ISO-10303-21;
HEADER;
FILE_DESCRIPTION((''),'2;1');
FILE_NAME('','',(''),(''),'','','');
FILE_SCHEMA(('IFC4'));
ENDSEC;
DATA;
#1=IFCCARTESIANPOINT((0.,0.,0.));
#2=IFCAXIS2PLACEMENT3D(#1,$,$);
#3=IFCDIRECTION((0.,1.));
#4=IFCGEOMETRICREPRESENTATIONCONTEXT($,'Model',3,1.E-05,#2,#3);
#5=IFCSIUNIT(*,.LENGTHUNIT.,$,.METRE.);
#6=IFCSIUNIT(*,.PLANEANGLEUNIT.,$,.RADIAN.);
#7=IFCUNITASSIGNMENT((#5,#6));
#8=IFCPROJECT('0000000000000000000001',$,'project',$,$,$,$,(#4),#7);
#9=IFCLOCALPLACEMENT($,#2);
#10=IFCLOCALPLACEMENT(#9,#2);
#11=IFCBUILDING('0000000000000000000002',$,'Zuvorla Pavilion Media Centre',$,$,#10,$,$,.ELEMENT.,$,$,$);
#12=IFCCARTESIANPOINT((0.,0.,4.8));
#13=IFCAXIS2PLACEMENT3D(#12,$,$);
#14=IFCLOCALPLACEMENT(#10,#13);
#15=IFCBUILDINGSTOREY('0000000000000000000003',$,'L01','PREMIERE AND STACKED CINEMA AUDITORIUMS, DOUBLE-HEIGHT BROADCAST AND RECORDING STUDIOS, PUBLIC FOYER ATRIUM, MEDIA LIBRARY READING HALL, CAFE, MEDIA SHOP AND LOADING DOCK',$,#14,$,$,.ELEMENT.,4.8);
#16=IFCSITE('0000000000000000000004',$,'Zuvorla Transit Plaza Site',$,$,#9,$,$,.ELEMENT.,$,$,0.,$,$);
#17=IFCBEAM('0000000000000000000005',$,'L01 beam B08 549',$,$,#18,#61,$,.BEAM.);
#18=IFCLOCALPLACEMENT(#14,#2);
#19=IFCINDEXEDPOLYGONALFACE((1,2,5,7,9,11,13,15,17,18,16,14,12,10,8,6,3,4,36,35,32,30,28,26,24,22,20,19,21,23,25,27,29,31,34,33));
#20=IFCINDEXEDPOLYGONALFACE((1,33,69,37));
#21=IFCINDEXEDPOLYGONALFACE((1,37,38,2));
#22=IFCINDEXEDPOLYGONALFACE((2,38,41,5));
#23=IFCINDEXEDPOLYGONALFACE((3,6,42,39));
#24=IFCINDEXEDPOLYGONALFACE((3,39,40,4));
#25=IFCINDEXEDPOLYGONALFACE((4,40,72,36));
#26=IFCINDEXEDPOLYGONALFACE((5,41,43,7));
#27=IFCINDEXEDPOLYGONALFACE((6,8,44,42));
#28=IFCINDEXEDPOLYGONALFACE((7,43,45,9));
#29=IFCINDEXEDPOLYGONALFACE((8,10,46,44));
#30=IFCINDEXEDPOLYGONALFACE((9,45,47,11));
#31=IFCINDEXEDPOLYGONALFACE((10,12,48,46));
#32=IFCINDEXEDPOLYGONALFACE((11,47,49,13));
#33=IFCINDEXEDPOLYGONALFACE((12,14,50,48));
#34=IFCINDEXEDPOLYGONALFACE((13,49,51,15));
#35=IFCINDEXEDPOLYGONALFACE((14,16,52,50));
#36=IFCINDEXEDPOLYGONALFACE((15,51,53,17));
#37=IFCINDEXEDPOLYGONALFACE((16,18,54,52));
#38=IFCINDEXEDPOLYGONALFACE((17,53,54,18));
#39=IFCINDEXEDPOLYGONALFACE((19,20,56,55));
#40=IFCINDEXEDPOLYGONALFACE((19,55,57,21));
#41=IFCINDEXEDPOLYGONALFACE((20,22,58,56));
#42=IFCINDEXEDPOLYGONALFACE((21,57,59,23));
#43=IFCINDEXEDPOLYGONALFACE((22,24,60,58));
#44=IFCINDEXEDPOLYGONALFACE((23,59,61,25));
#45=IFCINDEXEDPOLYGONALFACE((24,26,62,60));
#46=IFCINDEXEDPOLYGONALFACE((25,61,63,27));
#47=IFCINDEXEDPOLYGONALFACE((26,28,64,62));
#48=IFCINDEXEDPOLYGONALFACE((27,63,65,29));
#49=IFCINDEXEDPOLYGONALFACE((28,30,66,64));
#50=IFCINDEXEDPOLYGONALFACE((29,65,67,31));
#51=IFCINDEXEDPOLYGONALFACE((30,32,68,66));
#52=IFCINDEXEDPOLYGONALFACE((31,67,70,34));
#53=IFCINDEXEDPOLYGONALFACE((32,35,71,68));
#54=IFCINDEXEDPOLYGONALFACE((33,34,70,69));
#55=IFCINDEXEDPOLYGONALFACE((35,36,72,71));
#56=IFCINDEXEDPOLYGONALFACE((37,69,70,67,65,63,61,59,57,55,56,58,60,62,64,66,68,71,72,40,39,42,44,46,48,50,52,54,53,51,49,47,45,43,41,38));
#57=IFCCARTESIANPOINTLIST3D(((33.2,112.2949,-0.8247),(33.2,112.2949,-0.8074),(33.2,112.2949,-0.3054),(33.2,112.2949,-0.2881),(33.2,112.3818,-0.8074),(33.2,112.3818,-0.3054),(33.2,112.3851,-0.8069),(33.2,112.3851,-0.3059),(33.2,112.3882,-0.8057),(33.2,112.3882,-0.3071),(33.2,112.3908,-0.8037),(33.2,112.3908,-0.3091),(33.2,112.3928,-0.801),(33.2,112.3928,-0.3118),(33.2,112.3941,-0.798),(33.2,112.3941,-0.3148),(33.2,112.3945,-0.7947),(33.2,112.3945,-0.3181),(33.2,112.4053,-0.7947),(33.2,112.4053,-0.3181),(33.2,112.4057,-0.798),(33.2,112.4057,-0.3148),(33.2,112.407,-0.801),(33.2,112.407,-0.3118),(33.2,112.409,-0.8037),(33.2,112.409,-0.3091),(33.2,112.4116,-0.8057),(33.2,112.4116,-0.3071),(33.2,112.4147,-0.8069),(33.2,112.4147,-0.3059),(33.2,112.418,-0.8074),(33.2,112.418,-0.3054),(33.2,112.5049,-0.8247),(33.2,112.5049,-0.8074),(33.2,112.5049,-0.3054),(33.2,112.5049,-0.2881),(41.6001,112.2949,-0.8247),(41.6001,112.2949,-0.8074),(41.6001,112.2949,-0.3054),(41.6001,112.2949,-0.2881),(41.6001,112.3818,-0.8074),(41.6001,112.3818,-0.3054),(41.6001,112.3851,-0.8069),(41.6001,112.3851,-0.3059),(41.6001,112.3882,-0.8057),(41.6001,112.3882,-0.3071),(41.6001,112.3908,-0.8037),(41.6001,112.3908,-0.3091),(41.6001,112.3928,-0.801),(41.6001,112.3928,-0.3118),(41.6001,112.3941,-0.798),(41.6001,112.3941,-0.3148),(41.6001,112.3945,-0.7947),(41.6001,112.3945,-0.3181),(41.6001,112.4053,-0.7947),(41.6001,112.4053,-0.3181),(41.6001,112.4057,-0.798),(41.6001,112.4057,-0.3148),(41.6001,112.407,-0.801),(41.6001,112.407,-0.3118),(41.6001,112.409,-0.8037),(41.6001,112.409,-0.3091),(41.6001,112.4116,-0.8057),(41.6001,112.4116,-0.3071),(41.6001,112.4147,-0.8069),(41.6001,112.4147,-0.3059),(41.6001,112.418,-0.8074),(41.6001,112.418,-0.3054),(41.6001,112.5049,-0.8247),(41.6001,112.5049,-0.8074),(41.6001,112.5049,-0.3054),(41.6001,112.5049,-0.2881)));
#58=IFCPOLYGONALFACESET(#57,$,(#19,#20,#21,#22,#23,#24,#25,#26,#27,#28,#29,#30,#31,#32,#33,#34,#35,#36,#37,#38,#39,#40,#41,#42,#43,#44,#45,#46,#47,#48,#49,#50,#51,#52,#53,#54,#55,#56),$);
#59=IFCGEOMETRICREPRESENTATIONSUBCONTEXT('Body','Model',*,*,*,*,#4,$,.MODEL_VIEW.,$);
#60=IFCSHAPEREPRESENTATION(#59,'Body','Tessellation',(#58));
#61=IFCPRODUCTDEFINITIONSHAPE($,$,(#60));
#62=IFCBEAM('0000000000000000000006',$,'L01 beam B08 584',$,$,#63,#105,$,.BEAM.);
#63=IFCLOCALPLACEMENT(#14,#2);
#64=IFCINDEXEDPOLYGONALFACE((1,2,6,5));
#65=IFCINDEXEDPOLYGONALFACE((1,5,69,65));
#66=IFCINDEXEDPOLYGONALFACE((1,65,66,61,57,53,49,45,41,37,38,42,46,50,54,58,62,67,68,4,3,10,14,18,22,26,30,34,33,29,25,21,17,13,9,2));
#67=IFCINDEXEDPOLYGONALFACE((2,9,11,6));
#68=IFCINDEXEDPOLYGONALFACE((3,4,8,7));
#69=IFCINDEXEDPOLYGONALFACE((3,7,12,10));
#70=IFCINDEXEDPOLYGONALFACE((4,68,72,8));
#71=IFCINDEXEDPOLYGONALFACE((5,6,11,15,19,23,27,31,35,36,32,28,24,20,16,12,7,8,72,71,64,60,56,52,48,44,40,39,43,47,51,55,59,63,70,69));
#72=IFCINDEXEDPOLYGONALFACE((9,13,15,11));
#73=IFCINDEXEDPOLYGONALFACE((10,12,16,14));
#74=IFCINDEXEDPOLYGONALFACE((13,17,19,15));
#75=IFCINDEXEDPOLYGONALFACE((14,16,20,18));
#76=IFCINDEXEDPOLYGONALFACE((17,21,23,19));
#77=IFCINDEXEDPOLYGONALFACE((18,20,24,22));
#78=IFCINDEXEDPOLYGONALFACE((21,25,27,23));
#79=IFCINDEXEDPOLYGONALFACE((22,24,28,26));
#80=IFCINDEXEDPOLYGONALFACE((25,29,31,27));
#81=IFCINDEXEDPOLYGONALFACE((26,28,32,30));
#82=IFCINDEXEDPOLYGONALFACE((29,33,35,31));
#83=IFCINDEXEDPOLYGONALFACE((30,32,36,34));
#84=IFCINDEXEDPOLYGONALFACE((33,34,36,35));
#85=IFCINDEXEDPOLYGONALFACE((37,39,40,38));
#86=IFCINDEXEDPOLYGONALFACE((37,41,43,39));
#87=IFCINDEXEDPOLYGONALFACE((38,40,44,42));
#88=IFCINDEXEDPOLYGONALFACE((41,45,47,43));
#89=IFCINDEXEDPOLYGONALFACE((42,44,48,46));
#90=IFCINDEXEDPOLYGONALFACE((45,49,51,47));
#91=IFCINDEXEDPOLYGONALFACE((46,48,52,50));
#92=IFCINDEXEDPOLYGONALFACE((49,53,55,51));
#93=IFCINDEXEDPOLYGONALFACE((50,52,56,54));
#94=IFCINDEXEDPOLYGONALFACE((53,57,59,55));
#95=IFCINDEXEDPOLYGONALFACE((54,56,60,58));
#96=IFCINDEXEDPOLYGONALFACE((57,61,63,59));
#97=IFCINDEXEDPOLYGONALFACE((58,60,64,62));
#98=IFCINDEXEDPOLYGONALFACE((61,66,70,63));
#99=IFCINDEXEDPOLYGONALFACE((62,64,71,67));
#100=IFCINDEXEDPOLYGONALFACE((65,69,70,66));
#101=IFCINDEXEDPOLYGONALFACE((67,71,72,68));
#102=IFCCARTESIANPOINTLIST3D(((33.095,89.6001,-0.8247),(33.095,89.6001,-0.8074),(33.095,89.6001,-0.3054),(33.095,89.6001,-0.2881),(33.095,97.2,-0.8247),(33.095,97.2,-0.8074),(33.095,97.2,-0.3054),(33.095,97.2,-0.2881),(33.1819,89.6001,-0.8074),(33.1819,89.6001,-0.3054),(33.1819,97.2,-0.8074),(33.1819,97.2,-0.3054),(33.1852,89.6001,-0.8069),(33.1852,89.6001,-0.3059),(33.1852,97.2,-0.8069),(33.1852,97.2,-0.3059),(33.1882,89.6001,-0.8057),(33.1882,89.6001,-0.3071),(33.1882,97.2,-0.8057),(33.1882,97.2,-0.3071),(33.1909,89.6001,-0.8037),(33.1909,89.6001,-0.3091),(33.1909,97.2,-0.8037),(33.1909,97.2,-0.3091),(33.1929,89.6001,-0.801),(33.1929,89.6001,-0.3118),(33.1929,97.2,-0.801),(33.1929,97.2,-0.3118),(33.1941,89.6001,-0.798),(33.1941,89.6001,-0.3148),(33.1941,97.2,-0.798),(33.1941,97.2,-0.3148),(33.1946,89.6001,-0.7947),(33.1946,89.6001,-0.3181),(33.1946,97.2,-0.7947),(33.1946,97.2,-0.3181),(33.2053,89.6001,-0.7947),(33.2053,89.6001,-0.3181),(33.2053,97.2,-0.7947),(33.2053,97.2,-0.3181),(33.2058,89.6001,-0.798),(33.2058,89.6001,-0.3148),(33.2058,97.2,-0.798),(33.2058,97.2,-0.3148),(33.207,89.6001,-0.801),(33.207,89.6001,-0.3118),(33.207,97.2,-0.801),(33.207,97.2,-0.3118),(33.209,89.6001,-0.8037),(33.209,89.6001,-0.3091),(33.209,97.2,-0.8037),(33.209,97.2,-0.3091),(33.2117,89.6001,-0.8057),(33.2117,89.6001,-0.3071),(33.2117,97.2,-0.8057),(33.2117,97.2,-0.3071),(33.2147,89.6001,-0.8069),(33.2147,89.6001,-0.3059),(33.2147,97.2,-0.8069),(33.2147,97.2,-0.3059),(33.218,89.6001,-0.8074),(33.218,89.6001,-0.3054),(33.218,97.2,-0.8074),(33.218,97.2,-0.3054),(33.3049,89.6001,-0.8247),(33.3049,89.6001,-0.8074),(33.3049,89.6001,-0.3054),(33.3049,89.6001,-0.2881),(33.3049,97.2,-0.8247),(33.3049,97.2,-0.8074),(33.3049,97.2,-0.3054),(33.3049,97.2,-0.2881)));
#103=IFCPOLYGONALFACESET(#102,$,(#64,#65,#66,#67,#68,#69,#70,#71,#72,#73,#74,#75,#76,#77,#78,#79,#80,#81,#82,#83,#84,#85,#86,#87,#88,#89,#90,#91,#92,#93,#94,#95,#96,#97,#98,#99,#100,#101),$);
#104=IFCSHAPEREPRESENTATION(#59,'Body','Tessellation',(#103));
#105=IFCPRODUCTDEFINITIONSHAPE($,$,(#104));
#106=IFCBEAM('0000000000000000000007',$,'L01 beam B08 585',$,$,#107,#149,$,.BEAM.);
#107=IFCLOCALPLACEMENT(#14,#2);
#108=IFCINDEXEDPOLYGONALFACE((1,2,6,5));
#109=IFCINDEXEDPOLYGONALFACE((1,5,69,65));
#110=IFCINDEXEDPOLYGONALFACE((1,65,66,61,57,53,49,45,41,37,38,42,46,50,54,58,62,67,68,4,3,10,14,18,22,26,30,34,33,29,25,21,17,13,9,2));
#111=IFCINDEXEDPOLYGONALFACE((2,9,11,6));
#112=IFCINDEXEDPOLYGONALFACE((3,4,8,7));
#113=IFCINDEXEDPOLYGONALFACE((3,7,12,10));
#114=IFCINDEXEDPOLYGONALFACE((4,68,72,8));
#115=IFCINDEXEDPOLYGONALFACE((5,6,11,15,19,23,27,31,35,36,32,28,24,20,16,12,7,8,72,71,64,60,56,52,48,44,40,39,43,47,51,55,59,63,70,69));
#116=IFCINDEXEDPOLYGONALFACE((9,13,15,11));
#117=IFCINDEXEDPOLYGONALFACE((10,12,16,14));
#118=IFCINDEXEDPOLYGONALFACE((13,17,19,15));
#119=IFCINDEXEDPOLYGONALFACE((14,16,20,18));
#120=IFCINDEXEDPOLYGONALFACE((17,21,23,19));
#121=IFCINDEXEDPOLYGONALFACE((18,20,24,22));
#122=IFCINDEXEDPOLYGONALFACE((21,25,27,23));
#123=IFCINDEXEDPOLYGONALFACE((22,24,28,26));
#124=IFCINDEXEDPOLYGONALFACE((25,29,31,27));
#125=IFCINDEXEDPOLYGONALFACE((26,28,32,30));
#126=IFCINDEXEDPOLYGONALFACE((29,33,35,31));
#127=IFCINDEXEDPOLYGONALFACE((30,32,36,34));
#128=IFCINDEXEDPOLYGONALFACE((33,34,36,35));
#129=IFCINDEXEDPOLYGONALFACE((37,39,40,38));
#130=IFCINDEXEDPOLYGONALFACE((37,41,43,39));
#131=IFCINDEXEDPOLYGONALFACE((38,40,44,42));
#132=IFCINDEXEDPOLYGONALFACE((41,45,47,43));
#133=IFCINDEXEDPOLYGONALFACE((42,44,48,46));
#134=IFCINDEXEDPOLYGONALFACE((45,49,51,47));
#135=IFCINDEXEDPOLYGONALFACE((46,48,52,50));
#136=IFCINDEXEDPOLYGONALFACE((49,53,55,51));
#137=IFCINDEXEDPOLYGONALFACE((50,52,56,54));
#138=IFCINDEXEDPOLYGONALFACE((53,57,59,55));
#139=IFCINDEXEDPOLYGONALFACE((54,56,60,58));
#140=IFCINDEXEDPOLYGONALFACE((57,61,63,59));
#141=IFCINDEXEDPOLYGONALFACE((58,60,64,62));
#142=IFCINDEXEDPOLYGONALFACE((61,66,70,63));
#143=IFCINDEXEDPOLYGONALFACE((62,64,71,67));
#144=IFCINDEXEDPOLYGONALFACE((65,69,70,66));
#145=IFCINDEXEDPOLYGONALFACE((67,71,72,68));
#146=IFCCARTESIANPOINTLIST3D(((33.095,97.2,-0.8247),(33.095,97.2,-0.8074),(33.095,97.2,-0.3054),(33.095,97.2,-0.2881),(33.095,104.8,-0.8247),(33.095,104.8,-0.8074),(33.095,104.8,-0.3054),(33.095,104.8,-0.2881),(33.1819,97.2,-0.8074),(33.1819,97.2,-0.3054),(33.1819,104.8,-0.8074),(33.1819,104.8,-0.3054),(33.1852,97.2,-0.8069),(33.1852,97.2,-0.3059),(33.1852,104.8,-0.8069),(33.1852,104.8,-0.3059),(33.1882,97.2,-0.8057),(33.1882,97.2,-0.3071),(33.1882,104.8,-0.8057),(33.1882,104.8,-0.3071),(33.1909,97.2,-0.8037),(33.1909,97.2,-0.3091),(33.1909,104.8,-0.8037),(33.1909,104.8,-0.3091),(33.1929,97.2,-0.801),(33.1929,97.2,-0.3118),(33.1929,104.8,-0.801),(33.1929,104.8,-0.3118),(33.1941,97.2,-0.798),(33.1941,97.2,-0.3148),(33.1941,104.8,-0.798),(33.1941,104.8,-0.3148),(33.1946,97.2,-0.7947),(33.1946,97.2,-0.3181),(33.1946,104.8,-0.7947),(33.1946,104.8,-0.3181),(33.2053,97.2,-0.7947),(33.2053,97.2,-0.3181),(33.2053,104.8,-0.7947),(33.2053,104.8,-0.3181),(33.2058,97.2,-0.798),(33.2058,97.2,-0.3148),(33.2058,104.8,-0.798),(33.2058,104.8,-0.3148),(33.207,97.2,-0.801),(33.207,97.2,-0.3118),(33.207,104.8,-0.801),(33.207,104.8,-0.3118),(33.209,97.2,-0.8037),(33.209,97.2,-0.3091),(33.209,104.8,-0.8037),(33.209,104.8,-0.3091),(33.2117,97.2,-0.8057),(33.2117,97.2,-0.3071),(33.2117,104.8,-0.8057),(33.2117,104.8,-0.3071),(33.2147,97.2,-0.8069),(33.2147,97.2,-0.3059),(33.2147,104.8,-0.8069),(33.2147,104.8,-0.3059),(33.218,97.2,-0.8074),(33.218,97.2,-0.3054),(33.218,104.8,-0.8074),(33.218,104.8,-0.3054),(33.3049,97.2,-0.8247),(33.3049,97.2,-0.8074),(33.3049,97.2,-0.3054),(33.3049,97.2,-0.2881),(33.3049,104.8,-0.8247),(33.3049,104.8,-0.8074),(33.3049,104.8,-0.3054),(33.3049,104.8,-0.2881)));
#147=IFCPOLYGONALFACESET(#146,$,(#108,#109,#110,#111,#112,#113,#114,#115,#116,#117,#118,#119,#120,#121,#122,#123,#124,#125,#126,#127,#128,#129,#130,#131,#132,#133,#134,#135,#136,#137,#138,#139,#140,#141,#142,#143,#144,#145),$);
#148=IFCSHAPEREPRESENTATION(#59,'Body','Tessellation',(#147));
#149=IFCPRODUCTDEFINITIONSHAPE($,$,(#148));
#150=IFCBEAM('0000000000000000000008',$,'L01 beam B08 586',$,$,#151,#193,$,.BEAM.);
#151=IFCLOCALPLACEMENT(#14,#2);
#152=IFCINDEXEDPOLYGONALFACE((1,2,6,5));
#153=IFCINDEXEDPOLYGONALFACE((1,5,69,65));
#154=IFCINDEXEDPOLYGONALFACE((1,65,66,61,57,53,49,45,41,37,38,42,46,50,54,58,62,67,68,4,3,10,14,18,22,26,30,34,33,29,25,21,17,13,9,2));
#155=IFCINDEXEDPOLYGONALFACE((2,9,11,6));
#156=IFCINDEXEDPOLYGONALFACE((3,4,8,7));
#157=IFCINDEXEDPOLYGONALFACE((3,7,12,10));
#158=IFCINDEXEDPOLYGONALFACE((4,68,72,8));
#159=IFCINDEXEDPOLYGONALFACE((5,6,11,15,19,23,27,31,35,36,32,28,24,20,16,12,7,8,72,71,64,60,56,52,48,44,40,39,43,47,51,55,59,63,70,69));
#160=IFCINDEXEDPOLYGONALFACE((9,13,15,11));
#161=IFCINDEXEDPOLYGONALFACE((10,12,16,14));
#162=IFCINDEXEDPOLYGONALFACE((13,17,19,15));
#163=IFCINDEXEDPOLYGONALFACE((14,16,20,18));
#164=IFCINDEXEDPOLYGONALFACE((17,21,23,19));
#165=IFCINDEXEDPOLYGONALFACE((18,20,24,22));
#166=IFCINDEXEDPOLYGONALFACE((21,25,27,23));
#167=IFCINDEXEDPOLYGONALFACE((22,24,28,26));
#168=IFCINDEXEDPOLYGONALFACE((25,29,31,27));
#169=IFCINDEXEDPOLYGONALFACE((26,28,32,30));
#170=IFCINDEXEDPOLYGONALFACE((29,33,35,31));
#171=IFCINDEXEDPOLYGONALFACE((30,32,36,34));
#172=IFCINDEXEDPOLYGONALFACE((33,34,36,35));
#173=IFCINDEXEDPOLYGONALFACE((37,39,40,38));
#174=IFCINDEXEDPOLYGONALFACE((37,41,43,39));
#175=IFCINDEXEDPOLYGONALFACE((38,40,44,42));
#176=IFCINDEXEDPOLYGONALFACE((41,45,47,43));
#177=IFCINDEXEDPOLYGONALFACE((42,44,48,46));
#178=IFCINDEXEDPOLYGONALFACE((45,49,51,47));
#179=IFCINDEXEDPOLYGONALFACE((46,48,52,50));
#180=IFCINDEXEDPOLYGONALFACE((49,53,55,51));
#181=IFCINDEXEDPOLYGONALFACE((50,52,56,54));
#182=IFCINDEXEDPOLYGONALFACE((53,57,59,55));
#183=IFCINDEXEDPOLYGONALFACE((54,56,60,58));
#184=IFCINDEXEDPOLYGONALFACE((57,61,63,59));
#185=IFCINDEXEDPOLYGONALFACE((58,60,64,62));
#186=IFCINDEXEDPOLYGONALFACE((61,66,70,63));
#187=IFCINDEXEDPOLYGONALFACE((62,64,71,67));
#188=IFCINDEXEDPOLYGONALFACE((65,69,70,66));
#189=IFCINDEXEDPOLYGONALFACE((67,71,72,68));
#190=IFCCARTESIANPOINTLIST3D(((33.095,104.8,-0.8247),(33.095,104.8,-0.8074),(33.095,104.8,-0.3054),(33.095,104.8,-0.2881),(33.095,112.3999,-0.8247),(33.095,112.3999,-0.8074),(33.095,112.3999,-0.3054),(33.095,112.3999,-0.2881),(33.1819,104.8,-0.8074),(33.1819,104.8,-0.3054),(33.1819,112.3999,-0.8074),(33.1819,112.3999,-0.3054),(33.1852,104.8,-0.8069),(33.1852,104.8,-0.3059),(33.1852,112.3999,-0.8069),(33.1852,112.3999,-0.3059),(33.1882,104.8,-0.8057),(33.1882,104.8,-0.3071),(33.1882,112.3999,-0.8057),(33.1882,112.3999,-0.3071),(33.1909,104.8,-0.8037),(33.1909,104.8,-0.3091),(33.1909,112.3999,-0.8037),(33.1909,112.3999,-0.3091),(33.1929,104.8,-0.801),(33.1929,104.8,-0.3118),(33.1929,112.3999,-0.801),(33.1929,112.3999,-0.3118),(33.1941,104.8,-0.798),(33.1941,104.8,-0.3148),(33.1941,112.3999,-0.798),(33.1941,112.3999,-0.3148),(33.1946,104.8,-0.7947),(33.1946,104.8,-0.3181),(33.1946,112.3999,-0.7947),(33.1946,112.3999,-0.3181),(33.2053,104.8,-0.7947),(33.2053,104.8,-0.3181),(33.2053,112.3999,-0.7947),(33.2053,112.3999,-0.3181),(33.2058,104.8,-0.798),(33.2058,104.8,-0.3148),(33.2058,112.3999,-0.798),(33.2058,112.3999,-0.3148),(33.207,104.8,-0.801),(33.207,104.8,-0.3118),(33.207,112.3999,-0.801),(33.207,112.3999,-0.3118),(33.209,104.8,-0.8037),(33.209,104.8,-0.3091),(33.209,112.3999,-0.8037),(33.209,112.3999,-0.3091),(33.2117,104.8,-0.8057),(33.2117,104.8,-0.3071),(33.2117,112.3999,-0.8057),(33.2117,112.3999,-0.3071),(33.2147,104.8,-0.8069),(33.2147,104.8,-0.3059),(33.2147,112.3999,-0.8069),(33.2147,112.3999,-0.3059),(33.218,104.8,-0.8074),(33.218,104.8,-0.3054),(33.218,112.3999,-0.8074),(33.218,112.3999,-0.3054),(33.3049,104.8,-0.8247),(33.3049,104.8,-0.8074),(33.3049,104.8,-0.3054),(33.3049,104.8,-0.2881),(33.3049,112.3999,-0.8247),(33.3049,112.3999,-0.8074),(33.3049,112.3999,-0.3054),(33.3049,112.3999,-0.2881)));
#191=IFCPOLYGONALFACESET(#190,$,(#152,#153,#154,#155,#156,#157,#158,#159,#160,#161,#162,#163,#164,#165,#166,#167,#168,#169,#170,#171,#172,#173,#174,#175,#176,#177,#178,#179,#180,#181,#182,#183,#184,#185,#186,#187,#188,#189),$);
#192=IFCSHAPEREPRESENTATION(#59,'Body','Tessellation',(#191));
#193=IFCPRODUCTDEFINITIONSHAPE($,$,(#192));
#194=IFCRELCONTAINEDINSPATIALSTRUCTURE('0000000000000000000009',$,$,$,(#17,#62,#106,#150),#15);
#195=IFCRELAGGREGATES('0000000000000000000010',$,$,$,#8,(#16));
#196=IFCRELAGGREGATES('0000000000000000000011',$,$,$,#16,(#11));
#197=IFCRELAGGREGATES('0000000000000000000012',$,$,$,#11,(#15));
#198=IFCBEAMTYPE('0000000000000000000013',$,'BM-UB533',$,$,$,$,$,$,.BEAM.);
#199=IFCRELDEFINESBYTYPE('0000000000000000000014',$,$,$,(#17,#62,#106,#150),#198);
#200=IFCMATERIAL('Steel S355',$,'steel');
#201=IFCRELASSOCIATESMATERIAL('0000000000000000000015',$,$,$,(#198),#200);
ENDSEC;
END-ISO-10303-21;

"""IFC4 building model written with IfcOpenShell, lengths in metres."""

from ifc_helpers import new_model, si_unit, direction, frame, origin, origin_2d, place, context, subcontext, project, spatial, i_section, extrude, material, material_profile, profile_set, type_object, element, save


model = new_model("IFC4")

# Units and contexts
model_context = context("Model", 3, precision=1e-05, world=origin(), true_north=direction((0.0, 1.0)))
body_context = subcontext(model_context, "Body", "Model", "MODEL_VIEW")
ifc_project = project(units=[si_unit("LENGTHUNIT", "METRE"), si_unit("PLANEANGLEUNIT", "RADIAN")], contexts=[model_context])

# Site, building, storey
site_placement = place(None, origin())
site = spatial("IfcSite", under=ifc_project, at=site_placement, Name="Zuvorla Transit Plaza Site", CompositionType="ELEMENT", RefElevation=0.0)
building_placement = place(site_placement, origin())
building = spatial("IfcBuilding", under=site, at=building_placement, Name="Zuvorla Pavilion Media Centre", CompositionType="ELEMENT")
storey_placement = place(building_placement, frame((0.0, 0.0, 4.8)))
storey = spatial("IfcBuildingStorey", under=building, at=storey_placement, Name="L01", Description="PREMIERE AND STACKED CINEMA AUDITORIUMS, DOUBLE-HEIGHT BROADCAST AND RECORDING STUDIOS, PUBLIC FOYER ATRIUM, MEDIA LIBRARY READING HALL, CAFE, MEDIA SHOP AND LOADING DOCK", CompositionType="ELEMENT", Elevation=4.8)

# Shared definitions
ifc_material_1 = material(Name="Steel S355", Category="steel")

# Beams
ifc_material_profile_1 = material_profile(ifc_material_1, i_section(OverallWidth=0.21, OverallDepth=0.5366, WebThickness=0.0107, FlangeThickness=0.0173, FilletRadius=0.0127, at=origin_2d()), Name="UB 533x210x101")
ifc_profile_set_1 = profile_set([ifc_material_profile_1], Name="Steel S355")
beam_type_1 = type_object("IfcBeamType", Name="BM-UB533", PredefinedType="BEAM", material=ifc_profile_set_1)
for number, where, z_axis, x_axis, name in (
    (1, (33.2, 112.3999, -0.5564), (1.0, 0.0, 0.0), (0.0, 1.0, 0.0), "L01 beam B08 549"),
):
    element("IfcBeam", number, at=place(storey_placement, frame(where, z_axis=z_axis, x_axis=x_axis)), inside=storey, type_object=beam_type_1, Name=name, PredefinedType="BEAM", context=body_context, shape_type="SweptSolid", body=[
        extrude(i_section(OverallWidth=0.21, OverallDepth=0.5366, WebThickness=0.0107, FlangeThickness=0.0173, FilletRadius=0.0127, at=origin_2d()), origin(), (0.0, 0.0, 1.0), 8.4001),
    ])
beam_1_placement = place(storey_placement, frame((33.2, 89.6001, -0.5564), z_axis=(0.0, 1.0, 0.0), x_axis=(-1.0, 0.0, 0.0)))
element("IfcBeam", 2, at=beam_1_placement, inside=storey, type_object=beam_type_1, Name="L01 beam B08 584", PredefinedType="BEAM", context=body_context, shape_type="SweptSolid", body=[
    extrude(i_section(OverallWidth=0.21, OverallDepth=0.5366, WebThickness=0.0107, FlangeThickness=0.0173, FilletRadius=0.0127, at=origin_2d()), origin(), (0.0, 0.0, 1.0), 7.5999),
])
beam_2_placement = place(storey_placement, frame((33.2, 97.2, -0.5564), z_axis=(0.0, 1.0, 0.0), x_axis=(-1.0, 0.0, 0.0)))
element("IfcBeam", 3, at=beam_2_placement, inside=storey, type_object=beam_type_1, Name="L01 beam B08 585", PredefinedType="BEAM", context=body_context, shape_type="SweptSolid", body=[
    extrude(i_section(OverallWidth=0.21, OverallDepth=0.5366, WebThickness=0.0107, FlangeThickness=0.0173, FilletRadius=0.0127, at=origin_2d()), origin(), (0.0, 0.0, 1.0), 7.6001),
])
beam_3_placement = place(storey_placement, frame((33.2, 104.8, -0.5564), z_axis=(0.0, 1.0, 0.0), x_axis=(-1.0, 0.0, 0.0)))
element("IfcBeam", 4, at=beam_3_placement, inside=storey, type_object=beam_type_1, Name="L01 beam B08 586", PredefinedType="BEAM", context=body_context, shape_type="SweptSolid", body=[
    extrude(i_section(OverallWidth=0.21, OverallDepth=0.5366, WebThickness=0.0107, FlangeThickness=0.0173, FilletRadius=0.0127, at=origin_2d()), origin(), (0.0, 0.0, 1.0), 7.5999),
])

save(model, "model.ifc")
